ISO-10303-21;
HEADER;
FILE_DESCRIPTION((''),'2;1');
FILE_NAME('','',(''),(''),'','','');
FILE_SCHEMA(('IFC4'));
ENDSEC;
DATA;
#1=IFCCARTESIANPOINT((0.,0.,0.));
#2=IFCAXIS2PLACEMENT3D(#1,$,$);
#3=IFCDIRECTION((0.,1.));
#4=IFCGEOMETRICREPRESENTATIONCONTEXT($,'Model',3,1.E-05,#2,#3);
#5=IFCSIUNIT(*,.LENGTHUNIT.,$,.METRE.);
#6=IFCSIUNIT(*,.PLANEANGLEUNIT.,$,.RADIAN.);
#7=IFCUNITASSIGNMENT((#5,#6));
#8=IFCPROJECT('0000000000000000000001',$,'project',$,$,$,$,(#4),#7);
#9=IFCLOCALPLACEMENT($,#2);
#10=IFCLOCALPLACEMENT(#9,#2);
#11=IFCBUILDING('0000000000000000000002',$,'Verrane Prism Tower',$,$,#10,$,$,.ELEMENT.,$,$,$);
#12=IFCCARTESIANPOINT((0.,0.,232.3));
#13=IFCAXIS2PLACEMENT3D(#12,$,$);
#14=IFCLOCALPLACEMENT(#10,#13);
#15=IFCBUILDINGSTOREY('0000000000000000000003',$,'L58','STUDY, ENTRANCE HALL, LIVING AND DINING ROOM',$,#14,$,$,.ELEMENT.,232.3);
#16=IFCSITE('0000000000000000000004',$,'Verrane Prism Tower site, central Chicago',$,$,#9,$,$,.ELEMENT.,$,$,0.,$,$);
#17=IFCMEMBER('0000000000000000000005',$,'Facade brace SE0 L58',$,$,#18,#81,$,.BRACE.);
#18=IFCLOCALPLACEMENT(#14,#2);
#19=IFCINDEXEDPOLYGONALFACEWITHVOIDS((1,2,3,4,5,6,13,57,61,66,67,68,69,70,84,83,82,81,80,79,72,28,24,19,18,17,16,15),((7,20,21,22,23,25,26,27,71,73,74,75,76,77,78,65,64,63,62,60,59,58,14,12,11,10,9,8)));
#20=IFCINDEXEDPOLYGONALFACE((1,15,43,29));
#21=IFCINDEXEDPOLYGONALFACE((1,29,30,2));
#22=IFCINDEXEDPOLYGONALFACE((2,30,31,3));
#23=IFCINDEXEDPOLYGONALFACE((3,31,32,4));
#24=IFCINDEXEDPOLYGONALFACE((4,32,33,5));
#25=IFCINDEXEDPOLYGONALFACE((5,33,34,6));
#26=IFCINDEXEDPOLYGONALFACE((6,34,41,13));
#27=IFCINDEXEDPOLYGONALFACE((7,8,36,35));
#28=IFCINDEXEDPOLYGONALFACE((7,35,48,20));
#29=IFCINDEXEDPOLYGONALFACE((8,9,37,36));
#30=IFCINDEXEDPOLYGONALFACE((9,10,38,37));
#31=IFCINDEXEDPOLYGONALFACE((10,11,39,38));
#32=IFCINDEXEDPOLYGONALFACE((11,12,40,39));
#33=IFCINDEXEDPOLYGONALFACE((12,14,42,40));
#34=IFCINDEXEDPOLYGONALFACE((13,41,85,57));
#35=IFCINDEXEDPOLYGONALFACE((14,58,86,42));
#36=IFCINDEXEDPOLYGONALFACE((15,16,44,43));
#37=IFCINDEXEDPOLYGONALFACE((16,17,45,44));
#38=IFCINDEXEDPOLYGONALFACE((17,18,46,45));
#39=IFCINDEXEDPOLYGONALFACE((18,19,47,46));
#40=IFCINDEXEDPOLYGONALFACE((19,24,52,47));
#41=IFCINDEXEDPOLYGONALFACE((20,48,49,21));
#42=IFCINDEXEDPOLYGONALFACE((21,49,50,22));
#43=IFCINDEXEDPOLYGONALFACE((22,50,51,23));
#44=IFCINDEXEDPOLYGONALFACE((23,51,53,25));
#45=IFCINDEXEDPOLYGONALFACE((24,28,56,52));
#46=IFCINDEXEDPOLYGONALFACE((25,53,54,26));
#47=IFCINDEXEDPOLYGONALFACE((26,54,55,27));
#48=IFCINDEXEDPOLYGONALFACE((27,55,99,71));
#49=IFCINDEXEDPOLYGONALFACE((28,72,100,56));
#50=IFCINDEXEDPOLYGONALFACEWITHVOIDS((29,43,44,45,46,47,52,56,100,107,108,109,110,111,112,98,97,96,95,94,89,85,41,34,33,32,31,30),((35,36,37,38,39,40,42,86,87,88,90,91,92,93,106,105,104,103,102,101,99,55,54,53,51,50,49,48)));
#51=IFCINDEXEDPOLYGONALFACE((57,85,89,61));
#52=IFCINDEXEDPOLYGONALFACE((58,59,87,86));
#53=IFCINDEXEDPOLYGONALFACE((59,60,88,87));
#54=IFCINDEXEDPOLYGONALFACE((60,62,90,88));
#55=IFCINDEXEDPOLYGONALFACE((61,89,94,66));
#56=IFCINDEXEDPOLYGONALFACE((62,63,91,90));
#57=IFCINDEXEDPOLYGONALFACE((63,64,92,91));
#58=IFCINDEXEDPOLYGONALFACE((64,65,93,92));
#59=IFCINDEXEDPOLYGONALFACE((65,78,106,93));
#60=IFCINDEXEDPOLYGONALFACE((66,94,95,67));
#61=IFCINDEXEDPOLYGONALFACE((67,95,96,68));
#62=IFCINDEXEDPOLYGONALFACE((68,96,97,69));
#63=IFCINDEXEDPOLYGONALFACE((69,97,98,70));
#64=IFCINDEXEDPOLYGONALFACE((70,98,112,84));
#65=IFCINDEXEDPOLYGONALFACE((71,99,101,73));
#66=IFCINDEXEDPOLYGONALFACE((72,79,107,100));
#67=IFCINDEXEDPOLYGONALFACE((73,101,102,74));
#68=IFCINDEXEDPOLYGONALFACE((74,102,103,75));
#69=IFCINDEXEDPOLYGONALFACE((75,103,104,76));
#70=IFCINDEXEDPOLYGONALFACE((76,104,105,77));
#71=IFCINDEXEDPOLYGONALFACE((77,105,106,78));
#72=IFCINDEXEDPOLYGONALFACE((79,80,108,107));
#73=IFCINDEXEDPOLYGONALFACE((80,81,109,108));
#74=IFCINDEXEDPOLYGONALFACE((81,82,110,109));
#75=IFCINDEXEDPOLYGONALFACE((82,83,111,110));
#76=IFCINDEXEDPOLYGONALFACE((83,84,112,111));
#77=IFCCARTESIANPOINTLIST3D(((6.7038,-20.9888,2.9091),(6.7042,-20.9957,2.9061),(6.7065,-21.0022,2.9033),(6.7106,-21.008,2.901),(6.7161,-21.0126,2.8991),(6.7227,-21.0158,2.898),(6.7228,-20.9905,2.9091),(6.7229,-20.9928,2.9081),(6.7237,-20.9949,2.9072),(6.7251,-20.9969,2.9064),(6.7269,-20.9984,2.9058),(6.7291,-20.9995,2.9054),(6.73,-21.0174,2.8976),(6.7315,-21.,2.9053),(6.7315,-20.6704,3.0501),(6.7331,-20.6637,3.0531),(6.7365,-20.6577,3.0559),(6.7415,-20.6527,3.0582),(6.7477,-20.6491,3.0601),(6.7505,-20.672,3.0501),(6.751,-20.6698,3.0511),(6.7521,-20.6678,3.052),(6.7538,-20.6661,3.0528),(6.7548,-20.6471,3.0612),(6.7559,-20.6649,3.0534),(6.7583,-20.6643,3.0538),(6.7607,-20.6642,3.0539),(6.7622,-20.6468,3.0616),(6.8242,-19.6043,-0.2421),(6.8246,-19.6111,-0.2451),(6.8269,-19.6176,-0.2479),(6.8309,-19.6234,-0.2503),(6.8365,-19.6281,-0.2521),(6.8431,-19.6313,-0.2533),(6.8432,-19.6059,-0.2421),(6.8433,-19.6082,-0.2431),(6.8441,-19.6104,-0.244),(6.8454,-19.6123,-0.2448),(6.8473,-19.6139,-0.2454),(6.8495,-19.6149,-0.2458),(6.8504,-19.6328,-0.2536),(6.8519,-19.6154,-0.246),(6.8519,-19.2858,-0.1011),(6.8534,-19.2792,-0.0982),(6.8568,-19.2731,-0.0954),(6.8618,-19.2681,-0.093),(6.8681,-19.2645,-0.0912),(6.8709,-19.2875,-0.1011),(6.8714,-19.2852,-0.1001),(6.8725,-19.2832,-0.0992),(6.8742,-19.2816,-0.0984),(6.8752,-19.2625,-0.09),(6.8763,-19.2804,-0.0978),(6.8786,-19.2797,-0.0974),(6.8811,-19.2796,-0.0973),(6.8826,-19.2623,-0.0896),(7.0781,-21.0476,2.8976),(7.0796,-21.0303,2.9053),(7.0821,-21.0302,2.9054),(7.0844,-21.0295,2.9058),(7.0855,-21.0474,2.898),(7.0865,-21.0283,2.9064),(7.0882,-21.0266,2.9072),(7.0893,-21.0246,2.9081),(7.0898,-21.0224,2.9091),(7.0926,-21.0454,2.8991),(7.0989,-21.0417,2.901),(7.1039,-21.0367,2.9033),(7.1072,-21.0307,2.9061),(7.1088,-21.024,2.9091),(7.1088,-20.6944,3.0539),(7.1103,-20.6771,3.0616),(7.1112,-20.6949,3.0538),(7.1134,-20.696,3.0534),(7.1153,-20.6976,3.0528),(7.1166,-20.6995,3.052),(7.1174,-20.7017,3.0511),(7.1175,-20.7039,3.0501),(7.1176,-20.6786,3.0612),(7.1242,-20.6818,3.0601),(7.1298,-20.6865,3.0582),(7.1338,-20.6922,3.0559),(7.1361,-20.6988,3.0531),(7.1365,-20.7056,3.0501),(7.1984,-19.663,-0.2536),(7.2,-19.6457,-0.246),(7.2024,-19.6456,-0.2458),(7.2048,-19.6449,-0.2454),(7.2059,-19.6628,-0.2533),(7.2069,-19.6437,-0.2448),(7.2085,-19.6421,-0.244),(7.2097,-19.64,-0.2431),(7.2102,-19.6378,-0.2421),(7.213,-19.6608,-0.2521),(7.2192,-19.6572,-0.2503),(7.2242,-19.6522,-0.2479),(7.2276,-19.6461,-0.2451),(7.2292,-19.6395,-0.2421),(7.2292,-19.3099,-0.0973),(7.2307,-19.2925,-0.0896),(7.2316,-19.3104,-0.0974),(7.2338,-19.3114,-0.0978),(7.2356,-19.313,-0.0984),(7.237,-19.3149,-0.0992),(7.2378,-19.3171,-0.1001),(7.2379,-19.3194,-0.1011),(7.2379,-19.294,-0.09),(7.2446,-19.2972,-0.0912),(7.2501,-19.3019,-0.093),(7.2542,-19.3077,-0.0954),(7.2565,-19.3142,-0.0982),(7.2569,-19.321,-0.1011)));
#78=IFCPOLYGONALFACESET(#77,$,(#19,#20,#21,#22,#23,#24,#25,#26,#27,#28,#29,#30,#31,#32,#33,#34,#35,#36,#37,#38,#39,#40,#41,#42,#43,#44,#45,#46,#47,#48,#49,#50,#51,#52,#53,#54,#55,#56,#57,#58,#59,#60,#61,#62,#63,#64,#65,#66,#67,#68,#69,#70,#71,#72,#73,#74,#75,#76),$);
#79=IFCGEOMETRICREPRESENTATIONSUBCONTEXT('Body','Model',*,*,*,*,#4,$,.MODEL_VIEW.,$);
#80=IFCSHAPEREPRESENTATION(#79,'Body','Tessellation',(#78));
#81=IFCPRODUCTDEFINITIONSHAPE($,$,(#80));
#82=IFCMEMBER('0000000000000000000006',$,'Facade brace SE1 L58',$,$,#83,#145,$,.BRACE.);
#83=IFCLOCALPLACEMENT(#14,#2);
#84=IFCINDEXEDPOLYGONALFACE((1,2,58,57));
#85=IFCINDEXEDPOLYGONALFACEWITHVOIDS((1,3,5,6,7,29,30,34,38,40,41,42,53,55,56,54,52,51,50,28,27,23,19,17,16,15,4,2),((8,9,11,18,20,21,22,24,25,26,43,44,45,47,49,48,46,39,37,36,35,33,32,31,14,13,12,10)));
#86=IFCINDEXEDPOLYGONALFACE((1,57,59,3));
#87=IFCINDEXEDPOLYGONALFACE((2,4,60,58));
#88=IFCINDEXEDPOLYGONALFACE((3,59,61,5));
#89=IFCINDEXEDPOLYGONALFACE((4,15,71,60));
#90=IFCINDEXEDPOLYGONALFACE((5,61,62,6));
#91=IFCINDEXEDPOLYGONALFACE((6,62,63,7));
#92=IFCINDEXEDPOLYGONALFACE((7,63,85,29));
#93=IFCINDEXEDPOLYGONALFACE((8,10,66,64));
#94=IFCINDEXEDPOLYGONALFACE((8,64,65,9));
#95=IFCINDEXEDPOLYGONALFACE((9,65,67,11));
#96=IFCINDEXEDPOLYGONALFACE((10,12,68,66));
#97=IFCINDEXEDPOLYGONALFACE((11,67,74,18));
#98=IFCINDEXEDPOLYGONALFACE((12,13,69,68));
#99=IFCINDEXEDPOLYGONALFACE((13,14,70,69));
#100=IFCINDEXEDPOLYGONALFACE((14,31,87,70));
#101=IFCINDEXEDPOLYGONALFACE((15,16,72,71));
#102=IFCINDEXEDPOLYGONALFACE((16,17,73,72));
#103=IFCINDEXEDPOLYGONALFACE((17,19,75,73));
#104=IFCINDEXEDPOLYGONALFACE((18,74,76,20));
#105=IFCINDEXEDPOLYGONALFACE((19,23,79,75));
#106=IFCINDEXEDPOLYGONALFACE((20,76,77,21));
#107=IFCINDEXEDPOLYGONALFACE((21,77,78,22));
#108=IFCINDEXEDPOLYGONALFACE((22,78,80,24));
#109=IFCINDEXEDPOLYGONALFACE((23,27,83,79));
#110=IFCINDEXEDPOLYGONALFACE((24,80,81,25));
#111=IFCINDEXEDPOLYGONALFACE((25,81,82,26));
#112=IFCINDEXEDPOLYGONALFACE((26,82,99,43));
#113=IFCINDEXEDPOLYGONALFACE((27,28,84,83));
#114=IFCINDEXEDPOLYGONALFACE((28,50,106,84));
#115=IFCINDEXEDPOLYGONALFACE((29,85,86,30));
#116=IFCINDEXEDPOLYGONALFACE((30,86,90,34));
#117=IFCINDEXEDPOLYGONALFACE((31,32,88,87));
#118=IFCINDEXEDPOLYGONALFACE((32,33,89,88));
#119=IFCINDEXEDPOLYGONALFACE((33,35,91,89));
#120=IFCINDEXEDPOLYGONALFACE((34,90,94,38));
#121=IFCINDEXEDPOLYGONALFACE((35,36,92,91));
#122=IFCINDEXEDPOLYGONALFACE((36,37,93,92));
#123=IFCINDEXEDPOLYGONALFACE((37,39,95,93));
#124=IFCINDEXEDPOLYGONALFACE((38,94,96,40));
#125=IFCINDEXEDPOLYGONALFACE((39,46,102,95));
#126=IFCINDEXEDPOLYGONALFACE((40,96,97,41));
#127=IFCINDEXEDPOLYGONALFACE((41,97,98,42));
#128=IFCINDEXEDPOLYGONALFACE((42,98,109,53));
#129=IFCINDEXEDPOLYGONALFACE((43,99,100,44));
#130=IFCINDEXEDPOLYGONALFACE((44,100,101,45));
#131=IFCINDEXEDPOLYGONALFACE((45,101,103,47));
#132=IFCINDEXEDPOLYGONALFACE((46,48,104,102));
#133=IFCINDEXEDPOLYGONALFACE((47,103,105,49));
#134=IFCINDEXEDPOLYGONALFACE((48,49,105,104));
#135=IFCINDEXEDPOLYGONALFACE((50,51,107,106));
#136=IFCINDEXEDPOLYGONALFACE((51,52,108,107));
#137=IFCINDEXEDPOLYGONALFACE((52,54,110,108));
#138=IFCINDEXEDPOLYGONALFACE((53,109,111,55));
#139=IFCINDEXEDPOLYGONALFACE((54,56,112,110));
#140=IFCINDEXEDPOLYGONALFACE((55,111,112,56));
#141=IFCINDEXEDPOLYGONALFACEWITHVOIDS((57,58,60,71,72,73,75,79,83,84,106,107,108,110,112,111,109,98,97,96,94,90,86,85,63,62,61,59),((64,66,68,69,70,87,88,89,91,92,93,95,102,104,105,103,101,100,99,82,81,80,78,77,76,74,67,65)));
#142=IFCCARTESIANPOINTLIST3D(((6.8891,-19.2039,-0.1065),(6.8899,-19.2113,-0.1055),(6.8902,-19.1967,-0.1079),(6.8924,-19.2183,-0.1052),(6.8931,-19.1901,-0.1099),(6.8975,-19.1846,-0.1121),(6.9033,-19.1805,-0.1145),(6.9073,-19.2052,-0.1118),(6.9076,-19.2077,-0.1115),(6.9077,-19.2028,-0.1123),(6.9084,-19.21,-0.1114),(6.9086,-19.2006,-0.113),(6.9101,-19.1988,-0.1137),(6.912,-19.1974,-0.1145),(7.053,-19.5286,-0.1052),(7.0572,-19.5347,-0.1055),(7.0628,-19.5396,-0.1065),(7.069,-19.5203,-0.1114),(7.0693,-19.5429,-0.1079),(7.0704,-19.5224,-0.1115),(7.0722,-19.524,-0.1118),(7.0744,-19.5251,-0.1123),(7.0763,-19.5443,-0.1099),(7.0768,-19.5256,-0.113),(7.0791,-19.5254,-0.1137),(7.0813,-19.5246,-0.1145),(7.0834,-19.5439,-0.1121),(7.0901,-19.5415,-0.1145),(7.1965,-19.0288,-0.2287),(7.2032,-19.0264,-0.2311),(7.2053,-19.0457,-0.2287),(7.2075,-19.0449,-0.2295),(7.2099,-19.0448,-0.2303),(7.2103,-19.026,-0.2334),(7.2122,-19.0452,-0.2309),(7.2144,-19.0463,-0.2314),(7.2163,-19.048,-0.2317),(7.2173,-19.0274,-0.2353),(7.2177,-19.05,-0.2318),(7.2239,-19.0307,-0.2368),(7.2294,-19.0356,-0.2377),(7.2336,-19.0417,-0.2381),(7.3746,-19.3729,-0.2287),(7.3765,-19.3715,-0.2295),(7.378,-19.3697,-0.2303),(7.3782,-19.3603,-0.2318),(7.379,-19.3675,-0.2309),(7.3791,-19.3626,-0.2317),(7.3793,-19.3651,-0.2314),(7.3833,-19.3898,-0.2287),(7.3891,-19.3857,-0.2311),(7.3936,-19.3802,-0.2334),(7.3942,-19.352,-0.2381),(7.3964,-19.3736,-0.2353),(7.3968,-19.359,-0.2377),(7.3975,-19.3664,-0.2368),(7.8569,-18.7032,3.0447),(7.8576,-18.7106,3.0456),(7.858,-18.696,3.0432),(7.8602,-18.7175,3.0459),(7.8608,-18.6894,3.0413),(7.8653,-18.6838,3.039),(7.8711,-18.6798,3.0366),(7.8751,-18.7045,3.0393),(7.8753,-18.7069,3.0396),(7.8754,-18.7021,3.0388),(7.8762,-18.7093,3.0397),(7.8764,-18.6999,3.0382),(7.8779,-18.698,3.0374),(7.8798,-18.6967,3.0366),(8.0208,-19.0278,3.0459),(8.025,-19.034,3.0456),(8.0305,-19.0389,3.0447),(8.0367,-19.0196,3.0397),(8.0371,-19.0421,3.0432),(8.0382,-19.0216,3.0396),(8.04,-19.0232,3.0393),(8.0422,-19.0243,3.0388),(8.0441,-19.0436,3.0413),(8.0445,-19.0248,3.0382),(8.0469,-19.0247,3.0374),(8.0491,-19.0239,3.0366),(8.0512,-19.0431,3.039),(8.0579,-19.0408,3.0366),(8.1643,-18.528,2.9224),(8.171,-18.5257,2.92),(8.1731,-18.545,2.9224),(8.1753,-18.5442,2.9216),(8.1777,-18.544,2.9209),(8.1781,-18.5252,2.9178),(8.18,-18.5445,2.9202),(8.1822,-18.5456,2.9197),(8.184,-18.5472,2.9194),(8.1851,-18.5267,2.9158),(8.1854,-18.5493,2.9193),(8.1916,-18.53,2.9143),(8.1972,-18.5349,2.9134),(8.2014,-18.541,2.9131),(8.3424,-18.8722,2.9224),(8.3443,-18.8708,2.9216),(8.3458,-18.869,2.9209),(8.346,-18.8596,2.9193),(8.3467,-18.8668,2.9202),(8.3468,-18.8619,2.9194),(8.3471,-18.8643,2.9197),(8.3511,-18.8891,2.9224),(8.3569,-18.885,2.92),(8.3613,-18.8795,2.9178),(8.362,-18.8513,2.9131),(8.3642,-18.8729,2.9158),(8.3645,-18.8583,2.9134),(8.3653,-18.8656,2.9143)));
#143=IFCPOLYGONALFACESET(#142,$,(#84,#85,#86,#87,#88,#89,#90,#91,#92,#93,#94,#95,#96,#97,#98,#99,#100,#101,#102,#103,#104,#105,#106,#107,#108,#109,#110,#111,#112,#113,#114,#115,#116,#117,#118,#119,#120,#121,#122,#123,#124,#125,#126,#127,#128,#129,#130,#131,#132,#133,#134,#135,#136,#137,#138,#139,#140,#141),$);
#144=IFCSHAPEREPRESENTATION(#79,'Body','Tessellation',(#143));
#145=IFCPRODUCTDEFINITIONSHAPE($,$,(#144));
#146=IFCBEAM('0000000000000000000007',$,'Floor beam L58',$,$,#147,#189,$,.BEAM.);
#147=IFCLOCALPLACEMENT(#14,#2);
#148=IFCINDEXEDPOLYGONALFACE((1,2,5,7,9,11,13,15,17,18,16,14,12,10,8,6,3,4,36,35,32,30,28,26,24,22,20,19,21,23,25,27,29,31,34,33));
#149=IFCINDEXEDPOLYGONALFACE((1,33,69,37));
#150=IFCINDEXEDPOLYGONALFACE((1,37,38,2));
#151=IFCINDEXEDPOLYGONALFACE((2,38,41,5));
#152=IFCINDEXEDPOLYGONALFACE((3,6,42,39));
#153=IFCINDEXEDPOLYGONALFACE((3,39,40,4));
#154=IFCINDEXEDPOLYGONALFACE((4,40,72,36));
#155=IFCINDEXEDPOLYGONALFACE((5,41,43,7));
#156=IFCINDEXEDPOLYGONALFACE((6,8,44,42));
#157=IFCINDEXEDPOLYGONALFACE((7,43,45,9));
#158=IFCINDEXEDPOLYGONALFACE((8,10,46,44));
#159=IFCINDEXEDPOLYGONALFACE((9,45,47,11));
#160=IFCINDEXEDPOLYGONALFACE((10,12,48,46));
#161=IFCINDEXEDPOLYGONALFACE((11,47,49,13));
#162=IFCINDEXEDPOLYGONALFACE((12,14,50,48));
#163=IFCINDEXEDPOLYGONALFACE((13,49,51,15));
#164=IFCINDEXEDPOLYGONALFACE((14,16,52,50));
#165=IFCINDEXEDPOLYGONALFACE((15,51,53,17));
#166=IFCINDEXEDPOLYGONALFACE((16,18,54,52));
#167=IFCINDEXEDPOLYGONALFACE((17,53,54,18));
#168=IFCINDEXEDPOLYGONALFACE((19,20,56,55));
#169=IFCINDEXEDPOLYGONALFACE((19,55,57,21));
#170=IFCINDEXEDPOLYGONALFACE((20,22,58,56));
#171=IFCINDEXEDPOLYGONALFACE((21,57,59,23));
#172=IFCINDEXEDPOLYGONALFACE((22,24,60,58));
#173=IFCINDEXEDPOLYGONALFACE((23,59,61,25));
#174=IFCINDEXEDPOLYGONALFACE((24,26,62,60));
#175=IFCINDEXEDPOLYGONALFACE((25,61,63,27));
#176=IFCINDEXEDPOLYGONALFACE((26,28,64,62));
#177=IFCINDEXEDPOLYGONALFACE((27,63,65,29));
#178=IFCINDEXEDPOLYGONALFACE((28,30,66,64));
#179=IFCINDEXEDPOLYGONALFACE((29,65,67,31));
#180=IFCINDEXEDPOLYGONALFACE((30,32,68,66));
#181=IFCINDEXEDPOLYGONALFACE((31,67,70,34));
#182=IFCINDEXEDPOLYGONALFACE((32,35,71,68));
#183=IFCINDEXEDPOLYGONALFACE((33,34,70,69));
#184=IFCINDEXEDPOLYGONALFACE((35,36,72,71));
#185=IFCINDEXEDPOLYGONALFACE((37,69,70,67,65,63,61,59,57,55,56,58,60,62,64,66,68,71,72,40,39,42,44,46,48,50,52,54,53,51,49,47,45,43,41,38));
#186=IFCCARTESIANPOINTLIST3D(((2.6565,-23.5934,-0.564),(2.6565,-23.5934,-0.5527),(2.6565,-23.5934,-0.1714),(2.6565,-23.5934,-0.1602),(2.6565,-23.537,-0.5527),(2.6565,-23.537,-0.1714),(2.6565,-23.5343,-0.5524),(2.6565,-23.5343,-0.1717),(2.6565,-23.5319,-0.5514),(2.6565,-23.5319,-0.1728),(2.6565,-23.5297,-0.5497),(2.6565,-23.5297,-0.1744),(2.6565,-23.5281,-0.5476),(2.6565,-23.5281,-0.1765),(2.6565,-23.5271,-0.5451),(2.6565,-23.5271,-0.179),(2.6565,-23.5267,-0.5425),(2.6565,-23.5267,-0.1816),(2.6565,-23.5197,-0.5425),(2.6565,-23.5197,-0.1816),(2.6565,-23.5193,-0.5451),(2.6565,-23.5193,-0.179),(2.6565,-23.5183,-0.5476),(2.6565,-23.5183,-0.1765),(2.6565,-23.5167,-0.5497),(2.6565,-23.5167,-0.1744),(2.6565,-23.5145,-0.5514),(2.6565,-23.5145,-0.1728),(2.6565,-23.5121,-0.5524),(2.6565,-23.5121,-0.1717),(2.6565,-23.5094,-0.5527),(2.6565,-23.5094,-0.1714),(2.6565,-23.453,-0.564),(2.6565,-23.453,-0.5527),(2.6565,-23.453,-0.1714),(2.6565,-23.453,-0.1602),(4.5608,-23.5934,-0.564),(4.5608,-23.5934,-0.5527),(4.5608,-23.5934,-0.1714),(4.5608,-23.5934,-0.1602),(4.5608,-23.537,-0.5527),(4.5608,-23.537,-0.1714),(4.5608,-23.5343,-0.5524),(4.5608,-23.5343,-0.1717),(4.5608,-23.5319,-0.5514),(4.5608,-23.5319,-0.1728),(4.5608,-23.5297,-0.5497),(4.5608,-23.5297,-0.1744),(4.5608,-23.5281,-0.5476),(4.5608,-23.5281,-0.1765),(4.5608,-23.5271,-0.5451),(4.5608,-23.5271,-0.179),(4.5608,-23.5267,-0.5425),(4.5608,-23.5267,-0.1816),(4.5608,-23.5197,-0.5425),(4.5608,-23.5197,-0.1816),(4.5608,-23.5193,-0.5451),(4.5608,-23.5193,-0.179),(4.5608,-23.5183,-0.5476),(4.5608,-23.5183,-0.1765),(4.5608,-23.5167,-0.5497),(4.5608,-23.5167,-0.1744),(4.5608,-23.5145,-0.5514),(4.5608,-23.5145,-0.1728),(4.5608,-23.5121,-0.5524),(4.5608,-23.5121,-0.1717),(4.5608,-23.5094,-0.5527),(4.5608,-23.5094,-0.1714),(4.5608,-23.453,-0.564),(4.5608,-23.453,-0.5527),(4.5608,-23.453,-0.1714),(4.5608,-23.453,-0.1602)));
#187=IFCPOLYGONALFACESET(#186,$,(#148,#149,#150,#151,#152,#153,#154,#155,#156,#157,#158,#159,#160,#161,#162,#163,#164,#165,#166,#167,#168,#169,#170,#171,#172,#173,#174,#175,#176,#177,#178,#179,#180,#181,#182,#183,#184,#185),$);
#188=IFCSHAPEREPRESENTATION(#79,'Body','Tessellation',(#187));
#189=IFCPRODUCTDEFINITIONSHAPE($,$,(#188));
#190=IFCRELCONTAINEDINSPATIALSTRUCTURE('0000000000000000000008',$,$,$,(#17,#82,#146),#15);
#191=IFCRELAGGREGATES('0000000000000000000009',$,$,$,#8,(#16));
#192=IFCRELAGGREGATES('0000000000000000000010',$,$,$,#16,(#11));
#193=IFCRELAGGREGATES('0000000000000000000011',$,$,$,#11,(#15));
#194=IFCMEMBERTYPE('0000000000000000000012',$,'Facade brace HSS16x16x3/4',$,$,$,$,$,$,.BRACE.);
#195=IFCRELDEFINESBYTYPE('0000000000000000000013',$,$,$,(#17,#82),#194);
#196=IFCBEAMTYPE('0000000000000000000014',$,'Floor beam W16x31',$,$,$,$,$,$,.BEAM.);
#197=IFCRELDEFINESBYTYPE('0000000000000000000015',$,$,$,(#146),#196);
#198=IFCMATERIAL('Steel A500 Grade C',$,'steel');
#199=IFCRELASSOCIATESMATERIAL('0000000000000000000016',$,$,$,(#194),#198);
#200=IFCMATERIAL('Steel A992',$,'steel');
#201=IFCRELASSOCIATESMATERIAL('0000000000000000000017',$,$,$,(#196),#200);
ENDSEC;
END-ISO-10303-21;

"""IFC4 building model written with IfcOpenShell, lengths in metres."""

from ifc_helpers import new_model, si_unit, direction, frame, origin, origin_2d, place, context, subcontext, project, spatial, hollow_rectangle, i_section, extrude, material, material_profile, profile_set, type_object, element, save


model = new_model("IFC4")

# Units and contexts
model_context = context("Model", 3, precision=1e-05, world=origin(), true_north=direction((0.0, 1.0)))
body_context = subcontext(model_context, "Body", "Model", "MODEL_VIEW")
ifc_project = project(units=[si_unit("LENGTHUNIT", "METRE"), si_unit("PLANEANGLEUNIT", "RADIAN")], contexts=[model_context])

# Site, building, storey
site_placement = place(None, origin())
site = spatial("IfcSite", under=ifc_project, at=site_placement, Name="Verrane Prism Tower site, central Chicago", CompositionType="ELEMENT", RefElevation=0.0)
building_placement = place(site_placement, origin())
building = spatial("IfcBuilding", under=site, at=building_placement, Name="Verrane Prism Tower", CompositionType="ELEMENT")
storey_placement = place(building_placement, frame((0.0, 0.0, 232.3)))
storey = spatial("IfcBuildingStorey", under=building, at=storey_placement, Name="L58", Description="STUDY, ENTRANCE HALL, LIVING AND DINING ROOM", CompositionType="ELEMENT", Elevation=232.3)

# Members
ifc_material_1 = material(Name="Steel A500 Grade C", Category="steel")
ifc_material_profile_1 = material_profile(ifc_material_1, hollow_rectangle(XDim=0.4065, YDim=0.4065, WallThickness=0.019, InnerFilletRadius=0.0095, OuterFilletRadius=0.0286, at=origin_2d()), Name="HSS16x16x3/4")
ifc_profile_set_1 = profile_set([ifc_material_profile_1], Name="Steel A500 Grade C")
member_type_1 = type_object("IfcMemberType", Name="Facade brace HSS16x16x3/4", PredefinedType="BRACE", material=ifc_profile_set_1)
member_1_placement = place(storey_placement, frame((7.0405, -19.4626, -0.1716), z_axis=(-0.034948, -0.402013, 0.914967), x_axis=(0.996243, -0.086607, 0.0)))
element("IfcMember", 1, at=member_1_placement, inside=storey, type_object=member_type_1, Name="Facade brace SE0 L58", PredefinedType="BRACE", context=body_context, shape_type="SweptSolid", body=[
    extrude(hollow_rectangle(XDim=0.4065, YDim=0.4065, WallThickness=0.019, InnerFilletRadius=0.0095, OuterFilletRadius=0.0286, at=origin_2d()), origin(), (0.0, 0.0, 1.0), 3.4441),
])
member_2_placement = place(storey_placement, frame((7.1433, -19.2852, -0.1716), z_axis=(0.290256, 0.150181, 0.945091), x_axis=(-0.459539, 0.888158, 0.0)))
element("IfcMember", 2, at=member_2_placement, inside=storey, type_object=member_type_1, Name="Facade brace SE1 L58", PredefinedType="BRACE", context=body_context, shape_type="SweptSolid", body=[
    extrude(hollow_rectangle(XDim=0.4065, YDim=0.4065, WallThickness=0.019, InnerFilletRadius=0.0095, OuterFilletRadius=0.0286, at=origin_2d()), origin(), (0.0, 0.0, 1.0), 3.3342),
])

# Beam
ifc_material_2 = material(Name="Steel A992", Category="steel")
ifc_material_profile_2 = material_profile(ifc_material_2, i_section(OverallWidth=0.1404, OverallDepth=0.4038, WebThickness=0.0071, FlangeThickness=0.0112, FilletRadius=0.0103, at=origin_2d()), Name="W16x31")
ifc_profile_set_2 = profile_set([ifc_material_profile_2], Name="Steel A992")
beam_type_1 = type_object("IfcBeamType", Name="Floor beam W16x31", PredefinedType="BEAM", material=ifc_profile_set_2)
beam_1_placement = place(storey_placement, frame((2.6565, -23.5232, -0.3621), z_axis=(1.0, 0.0, 0.0), x_axis=(0.0, 1.0, 0.0)))
element("IfcBeam", 3, at=beam_1_placement, inside=storey, type_object=beam_type_1, Name="Floor beam L58", PredefinedType="BEAM", context=body_context, shape_type="SweptSolid", body=[
    extrude(i_section(OverallWidth=0.1404, OverallDepth=0.4038, WebThickness=0.0071, FlangeThickness=0.0112, FilletRadius=0.0103, at=origin_2d()), origin(), (0.0, 0.0, 1.0), 1.9043),
])

save(model, "model.ifc")
